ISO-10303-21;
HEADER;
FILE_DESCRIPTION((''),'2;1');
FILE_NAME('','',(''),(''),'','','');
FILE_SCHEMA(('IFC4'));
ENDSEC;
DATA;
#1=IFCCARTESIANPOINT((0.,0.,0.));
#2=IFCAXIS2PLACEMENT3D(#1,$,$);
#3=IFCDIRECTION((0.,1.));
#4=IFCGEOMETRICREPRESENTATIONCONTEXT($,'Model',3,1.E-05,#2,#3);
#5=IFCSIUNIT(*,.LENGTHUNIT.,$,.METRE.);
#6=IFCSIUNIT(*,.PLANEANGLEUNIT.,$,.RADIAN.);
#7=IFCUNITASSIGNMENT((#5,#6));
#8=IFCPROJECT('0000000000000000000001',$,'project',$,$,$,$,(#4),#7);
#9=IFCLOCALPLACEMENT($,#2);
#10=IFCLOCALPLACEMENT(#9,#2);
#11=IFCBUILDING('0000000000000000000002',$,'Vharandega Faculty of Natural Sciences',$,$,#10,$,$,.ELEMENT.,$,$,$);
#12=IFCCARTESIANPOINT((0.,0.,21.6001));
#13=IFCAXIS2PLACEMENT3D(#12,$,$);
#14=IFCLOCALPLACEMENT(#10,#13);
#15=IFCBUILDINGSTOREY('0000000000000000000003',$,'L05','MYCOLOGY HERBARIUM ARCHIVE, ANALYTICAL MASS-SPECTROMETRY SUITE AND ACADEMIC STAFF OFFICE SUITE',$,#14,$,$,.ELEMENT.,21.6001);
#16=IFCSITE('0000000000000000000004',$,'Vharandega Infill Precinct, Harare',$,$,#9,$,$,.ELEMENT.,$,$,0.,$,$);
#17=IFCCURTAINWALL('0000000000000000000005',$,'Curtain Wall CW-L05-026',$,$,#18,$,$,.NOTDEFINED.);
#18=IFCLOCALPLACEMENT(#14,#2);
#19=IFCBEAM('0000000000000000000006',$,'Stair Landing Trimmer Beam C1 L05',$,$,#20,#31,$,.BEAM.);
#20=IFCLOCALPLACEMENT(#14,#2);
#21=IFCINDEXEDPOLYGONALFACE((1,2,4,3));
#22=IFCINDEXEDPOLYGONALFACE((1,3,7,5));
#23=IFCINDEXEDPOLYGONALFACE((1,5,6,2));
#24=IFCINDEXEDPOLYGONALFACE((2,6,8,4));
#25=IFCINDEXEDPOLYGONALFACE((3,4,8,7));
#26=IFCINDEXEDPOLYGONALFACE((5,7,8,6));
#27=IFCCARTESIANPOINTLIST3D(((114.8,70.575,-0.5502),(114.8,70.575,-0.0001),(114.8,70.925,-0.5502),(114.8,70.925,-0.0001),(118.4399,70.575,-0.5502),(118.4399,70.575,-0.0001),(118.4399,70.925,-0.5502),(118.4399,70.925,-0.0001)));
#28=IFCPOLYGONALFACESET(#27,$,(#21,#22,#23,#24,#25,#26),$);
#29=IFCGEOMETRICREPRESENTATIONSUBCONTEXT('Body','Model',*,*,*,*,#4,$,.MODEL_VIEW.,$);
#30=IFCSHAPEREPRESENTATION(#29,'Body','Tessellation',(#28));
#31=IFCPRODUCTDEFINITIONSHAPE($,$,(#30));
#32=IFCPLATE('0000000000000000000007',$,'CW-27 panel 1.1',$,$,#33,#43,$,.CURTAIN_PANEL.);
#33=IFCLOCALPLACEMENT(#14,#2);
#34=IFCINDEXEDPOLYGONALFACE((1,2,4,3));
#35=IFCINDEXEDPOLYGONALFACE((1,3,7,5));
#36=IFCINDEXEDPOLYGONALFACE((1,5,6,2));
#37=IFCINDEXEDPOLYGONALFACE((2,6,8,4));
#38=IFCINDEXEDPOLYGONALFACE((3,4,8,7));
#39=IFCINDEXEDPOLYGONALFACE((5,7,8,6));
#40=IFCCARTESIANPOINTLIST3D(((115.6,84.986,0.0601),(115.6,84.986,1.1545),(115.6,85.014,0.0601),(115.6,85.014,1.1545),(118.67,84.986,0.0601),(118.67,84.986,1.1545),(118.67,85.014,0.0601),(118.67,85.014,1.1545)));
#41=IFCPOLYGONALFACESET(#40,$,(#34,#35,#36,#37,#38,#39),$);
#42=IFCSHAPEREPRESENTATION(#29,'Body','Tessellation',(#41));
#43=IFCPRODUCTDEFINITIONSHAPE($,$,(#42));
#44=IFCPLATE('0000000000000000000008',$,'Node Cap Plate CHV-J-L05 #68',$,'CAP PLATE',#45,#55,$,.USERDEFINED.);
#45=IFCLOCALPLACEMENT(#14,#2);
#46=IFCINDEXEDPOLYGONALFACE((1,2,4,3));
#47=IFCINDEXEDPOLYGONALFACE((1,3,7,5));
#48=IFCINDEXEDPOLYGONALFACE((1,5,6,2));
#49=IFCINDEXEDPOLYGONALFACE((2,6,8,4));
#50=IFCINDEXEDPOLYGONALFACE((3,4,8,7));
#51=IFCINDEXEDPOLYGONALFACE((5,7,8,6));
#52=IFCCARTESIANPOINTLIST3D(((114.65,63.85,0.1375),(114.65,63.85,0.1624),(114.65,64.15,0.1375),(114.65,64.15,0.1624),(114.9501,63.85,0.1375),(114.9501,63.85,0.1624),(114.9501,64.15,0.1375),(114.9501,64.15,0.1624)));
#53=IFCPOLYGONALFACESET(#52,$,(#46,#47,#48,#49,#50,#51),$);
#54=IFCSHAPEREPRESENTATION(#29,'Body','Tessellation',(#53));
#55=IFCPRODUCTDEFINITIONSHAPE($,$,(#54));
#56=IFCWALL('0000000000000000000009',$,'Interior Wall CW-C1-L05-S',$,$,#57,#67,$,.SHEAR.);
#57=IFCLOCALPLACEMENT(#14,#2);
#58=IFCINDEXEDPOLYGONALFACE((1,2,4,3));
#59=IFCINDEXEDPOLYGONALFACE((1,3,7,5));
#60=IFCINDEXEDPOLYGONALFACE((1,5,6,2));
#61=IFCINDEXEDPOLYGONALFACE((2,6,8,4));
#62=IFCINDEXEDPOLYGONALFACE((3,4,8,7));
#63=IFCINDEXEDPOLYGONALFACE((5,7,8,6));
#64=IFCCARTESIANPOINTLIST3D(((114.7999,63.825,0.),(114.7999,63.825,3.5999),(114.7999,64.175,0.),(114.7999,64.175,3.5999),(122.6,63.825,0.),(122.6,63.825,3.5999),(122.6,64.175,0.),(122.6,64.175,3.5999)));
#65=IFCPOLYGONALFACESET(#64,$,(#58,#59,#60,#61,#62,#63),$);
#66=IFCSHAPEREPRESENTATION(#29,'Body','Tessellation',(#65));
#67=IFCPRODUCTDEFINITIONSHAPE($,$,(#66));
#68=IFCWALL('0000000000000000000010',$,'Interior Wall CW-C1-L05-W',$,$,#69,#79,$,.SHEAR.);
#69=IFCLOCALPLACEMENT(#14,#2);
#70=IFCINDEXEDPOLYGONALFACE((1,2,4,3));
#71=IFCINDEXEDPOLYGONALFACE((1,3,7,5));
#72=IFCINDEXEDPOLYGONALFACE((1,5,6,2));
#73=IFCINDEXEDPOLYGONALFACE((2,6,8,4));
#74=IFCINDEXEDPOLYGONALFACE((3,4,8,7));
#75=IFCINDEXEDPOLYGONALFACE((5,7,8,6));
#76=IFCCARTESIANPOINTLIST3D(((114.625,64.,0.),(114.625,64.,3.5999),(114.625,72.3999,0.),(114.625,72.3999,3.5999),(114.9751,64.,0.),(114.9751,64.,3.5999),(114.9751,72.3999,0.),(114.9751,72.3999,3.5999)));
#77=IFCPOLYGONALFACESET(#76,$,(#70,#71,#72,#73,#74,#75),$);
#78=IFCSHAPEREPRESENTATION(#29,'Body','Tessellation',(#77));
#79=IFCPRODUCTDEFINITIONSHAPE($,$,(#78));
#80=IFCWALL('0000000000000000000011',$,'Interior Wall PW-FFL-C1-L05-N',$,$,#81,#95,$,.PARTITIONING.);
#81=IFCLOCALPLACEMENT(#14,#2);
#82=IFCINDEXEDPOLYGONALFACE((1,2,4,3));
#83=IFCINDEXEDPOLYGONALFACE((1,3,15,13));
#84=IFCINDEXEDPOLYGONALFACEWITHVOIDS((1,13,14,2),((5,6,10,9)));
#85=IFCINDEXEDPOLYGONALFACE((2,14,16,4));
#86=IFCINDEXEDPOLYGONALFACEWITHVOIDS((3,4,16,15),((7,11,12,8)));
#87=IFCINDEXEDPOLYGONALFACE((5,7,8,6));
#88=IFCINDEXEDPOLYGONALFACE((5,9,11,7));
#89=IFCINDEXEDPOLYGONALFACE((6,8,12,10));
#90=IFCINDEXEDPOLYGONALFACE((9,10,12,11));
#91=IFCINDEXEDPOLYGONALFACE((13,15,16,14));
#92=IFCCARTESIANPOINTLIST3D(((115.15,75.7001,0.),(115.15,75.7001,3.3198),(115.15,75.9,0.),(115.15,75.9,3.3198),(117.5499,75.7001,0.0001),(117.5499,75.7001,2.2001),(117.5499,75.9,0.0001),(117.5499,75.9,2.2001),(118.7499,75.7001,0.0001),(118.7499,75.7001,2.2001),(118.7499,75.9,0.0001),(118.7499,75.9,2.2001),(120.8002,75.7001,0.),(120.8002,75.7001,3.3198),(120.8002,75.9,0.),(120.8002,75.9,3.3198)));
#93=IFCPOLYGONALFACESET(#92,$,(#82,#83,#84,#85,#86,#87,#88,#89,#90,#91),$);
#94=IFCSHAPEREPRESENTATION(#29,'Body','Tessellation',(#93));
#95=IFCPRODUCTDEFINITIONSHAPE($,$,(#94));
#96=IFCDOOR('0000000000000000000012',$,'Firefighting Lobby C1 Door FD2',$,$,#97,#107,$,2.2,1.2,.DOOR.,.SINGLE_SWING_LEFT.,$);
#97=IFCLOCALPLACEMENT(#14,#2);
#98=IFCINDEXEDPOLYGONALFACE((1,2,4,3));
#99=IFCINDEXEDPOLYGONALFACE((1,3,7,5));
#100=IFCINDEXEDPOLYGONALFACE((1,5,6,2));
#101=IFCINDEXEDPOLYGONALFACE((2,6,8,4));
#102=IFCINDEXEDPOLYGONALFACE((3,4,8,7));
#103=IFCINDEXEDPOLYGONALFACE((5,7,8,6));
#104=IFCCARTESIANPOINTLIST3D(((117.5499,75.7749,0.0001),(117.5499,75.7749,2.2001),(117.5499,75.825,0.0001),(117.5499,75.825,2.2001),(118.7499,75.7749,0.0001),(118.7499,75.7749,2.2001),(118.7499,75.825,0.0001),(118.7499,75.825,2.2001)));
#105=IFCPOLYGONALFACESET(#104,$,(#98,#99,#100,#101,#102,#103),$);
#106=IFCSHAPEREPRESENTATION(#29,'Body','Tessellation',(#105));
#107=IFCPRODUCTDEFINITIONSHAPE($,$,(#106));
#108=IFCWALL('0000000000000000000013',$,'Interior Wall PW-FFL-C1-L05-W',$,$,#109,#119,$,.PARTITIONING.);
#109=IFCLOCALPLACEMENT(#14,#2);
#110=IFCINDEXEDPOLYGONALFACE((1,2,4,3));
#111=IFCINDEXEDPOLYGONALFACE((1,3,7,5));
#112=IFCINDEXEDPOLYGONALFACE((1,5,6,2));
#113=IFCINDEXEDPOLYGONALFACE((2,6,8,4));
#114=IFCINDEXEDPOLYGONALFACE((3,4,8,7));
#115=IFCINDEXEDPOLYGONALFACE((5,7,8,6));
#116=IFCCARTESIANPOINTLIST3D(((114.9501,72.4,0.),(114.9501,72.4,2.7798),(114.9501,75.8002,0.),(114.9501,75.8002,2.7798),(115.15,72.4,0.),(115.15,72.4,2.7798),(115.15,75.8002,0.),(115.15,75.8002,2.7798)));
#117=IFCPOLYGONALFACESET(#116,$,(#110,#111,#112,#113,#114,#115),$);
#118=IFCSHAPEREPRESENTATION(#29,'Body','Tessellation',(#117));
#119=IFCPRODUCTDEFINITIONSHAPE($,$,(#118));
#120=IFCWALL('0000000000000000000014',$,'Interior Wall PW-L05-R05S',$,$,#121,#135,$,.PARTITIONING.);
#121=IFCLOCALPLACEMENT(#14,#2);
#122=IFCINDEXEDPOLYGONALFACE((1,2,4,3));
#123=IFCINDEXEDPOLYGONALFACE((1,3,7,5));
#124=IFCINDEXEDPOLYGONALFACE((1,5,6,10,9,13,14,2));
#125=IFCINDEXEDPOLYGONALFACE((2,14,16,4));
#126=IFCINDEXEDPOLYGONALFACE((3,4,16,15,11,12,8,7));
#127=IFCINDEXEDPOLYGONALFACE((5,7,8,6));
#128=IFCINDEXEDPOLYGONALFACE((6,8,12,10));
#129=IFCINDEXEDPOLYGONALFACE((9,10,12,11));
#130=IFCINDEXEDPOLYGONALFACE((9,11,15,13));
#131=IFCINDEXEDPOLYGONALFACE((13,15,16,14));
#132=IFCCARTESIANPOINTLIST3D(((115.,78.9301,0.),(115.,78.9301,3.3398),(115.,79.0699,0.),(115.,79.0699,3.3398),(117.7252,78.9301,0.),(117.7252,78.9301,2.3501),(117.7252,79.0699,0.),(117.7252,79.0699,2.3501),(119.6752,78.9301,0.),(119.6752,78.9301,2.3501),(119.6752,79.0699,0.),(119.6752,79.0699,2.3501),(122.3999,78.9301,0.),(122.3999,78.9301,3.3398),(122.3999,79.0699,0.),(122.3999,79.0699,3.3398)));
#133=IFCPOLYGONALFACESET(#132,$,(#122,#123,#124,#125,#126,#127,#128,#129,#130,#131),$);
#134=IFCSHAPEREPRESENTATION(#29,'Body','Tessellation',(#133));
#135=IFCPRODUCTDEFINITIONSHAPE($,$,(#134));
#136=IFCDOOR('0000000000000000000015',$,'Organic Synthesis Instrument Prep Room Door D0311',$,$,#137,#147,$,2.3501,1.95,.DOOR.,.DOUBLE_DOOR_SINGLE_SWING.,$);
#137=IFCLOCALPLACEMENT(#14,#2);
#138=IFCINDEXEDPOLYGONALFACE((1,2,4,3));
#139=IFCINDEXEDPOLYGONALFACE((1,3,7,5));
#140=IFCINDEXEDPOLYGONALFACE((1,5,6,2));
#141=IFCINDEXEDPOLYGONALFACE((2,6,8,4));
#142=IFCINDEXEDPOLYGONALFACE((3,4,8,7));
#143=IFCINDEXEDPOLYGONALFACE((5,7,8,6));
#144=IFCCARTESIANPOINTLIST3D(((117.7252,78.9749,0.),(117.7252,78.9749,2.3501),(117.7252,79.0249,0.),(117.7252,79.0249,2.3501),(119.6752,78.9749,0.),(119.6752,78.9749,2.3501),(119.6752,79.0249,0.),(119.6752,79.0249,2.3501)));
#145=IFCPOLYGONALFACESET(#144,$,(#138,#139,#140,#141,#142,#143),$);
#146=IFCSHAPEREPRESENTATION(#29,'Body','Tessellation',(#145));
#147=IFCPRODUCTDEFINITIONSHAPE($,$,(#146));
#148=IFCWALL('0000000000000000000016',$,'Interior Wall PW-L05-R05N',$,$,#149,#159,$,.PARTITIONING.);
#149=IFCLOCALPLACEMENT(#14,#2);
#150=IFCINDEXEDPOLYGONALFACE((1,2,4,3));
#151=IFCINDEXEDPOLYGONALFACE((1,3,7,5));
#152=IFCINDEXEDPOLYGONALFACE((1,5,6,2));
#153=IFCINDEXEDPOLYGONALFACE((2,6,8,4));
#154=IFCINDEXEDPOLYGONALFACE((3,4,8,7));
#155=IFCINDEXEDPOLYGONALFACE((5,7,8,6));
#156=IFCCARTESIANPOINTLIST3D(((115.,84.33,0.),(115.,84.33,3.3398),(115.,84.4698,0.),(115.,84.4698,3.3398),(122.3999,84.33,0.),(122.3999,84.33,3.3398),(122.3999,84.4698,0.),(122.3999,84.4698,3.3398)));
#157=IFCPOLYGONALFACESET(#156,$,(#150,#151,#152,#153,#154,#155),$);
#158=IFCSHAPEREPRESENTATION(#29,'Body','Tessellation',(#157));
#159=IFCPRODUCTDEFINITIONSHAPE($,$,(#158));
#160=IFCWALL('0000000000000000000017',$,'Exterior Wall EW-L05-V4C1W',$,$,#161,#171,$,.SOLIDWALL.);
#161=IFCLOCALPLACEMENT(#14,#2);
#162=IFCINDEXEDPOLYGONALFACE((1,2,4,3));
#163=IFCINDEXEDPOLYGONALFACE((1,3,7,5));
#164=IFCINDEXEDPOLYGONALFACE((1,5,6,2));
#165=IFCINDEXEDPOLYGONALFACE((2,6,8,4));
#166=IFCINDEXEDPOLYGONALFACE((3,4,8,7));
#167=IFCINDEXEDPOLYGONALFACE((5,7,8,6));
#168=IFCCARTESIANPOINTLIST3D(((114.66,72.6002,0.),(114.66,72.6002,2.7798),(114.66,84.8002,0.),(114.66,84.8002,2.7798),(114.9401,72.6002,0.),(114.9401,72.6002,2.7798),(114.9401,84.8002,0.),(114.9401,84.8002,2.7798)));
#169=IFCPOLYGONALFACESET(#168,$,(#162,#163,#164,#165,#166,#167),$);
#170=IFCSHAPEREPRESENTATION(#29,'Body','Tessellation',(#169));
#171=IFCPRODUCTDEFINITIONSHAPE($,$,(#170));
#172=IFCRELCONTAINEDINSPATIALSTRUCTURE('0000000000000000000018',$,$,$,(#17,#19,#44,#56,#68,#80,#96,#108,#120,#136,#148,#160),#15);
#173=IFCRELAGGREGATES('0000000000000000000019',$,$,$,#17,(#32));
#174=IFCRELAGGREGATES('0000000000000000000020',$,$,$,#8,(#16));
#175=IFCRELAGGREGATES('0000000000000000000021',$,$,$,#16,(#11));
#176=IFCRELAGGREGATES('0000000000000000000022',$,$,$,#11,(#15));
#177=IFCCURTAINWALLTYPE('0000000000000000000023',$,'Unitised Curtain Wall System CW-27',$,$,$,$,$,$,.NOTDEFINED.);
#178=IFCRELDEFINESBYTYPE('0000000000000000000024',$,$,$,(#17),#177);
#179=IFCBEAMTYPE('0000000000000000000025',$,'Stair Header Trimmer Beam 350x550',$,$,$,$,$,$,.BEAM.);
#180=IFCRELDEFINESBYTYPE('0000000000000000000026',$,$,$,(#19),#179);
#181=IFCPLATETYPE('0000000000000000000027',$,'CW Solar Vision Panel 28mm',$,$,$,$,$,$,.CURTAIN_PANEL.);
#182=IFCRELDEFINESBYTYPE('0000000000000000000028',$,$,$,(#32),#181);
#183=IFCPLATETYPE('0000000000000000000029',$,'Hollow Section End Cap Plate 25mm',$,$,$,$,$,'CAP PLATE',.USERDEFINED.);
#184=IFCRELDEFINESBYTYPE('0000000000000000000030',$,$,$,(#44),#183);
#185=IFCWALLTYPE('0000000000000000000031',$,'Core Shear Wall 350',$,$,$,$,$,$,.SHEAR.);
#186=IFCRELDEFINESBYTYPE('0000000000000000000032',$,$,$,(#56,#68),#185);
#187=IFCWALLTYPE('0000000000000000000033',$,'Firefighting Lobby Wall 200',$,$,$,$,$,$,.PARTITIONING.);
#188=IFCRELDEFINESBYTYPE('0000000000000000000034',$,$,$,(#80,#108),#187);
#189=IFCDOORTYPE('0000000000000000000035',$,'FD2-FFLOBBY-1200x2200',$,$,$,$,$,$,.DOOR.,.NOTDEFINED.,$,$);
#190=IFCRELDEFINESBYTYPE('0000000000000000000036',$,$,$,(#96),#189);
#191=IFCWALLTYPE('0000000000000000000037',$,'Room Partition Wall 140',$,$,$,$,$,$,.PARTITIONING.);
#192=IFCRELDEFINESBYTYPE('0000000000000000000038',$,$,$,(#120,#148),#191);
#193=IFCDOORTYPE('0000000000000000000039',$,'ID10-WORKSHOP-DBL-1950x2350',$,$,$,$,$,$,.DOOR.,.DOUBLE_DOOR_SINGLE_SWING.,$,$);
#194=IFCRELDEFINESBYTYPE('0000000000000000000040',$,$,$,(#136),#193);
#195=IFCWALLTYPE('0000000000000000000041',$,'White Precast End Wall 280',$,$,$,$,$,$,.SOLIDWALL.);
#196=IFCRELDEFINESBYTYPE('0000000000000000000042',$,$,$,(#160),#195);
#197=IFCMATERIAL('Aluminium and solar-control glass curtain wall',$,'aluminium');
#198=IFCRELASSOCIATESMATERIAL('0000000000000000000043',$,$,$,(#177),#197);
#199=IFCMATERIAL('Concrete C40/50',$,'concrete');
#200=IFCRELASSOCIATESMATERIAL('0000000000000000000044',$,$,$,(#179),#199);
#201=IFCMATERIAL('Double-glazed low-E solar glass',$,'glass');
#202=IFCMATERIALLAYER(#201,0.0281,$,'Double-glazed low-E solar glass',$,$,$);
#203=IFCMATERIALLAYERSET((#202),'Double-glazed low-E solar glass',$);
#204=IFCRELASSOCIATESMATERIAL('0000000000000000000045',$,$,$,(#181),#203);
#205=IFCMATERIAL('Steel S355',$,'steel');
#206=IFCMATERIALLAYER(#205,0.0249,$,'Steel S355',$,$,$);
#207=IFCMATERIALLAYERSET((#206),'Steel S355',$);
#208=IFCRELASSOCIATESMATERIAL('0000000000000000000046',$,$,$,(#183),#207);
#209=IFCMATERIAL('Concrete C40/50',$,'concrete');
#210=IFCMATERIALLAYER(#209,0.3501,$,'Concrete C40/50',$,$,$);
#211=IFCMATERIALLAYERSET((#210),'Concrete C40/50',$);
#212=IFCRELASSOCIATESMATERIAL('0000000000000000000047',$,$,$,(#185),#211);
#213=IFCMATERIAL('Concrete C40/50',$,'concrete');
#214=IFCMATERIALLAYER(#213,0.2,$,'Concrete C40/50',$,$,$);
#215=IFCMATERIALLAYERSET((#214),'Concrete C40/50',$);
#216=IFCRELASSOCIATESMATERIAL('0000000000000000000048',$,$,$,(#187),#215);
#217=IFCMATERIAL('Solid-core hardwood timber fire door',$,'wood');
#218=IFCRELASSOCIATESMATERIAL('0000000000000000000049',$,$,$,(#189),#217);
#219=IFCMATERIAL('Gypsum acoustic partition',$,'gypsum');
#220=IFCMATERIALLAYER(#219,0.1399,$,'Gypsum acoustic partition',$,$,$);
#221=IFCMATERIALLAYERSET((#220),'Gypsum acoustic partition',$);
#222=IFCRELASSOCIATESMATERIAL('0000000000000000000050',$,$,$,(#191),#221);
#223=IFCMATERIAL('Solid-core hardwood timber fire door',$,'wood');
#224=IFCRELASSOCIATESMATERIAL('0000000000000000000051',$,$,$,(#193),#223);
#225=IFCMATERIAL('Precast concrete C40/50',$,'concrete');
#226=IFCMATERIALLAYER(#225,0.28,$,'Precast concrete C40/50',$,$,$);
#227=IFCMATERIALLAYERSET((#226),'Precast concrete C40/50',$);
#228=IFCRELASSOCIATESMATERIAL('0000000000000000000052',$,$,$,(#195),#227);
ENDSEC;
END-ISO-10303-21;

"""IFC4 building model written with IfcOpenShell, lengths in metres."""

from ifc_helpers import new_model, si_unit, direction, frame, frame_2d, origin, origin_2d, place, context, subcontext, project, spatial, rectangle, extrude, material, layer, layer_set, material_profile, profile_set, type_object, element, fill, aggregate, save


model = new_model("IFC4")

# Units and contexts
model_context = context("Model", 3, precision=1e-05, world=origin(), true_north=direction((0.0, 1.0)))
body_context = subcontext(model_context, "Body", "Model", "MODEL_VIEW")
ifc_project = project(units=[si_unit("LENGTHUNIT", "METRE"), si_unit("PLANEANGLEUNIT", "RADIAN")], contexts=[model_context])

# Site, building, storey
site_placement = place(None, origin())
site = spatial("IfcSite", under=ifc_project, at=site_placement, Name="Vharandega Infill Precinct, Harare", CompositionType="ELEMENT", RefElevation=0.0)
building_placement = place(site_placement, origin())
building = spatial("IfcBuilding", under=site, at=building_placement, Name="Vharandega Faculty of Natural Sciences", CompositionType="ELEMENT")
storey_placement = place(building_placement, frame((0.0, 0.0, 21.6001)))
storey = spatial("IfcBuildingStorey", under=building, at=storey_placement, Name="L05", Description="MYCOLOGY HERBARIUM ARCHIVE, ANALYTICAL MASS-SPECTROMETRY SUITE AND ACADEMIC STAFF OFFICE SUITE", CompositionType="ELEMENT", Elevation=21.6001)

# Curtain wall
ifc_material_1 = material(Name="Aluminium and solar-control glass curtain wall", Category="aluminium")
curtain_wall_type = type_object("IfcCurtainWallType", Name="Unitised Curtain Wall System CW-27", PredefinedType="NOTDEFINED", material=ifc_material_1)
curtain_wall_placement = place(storey_placement, origin())
curtain_wall = element("IfcCurtainWall", 1, at=curtain_wall_placement, inside=storey, type_object=curtain_wall_type, Name="Curtain Wall CW-L05-026", PredefinedType="NOTDEFINED")

# Beam
ifc_material_2 = material(Name="Concrete C40/50", Category="concrete")
ifc_material_profile_1 = material_profile(ifc_material_2, rectangle(XDim=0.3501, YDim=0.55, at=origin_2d()), Name="RC 350x550")
ifc_profile_set_1 = profile_set([ifc_material_profile_1], Name="Concrete C40/50")
beam_type_1 = type_object("IfcBeamType", Name="Stair Header Trimmer Beam 350x550", PredefinedType="BEAM", material=ifc_profile_set_1)
beam_1_placement = place(storey_placement, frame((114.8, 70.75, -0.2751), z_axis=(1.0, 0.0, 0.0), x_axis=(0.0, 1.0, 0.0)))
element("IfcBeam", 2, at=beam_1_placement, inside=storey, type_object=beam_type_1, Name="Stair Landing Trimmer Beam C1 L05", PredefinedType="BEAM", context=body_context, shape_type="SweptSolid", body=[
    extrude(rectangle(XDim=0.3501, YDim=0.55, at=origin_2d()), origin(), (0.0, 0.0, 1.0), 3.6399),
])

# Plates
ifc_material_3 = material(Name="Double-glazed low-E solar glass", Category="glass")
ifc_layer_1 = layer(ifc_material_3, 0.0281, Name="Double-glazed low-E solar glass")
ifc_layer_set_1 = layer_set([ifc_layer_1], Name="Double-glazed low-E solar glass")
plate_type_1 = type_object("IfcPlateType", Name="CW Solar Vision Panel 28mm", PredefinedType="CURTAIN_PANEL", material=ifc_layer_set_1)
plate_1_placement = place(storey_placement, frame((117.135, 85.0, 0.0601), z_axis=(0.0, 0.0, 1.0), x_axis=(1.0, 0.0, 0.0)))
plate_1 = element("IfcPlate", 3, at=plate_1_placement, type_object=plate_type_1, Name="CW-27 panel 1.1", PredefinedType="CURTAIN_PANEL", context=body_context, shape_type="SweptSolid", body=[
    extrude(rectangle(XDim=3.0701, YDim=0.0281, at=origin_2d()), origin(), (0.0, 0.0, 1.0), 1.0945),
])
aggregate(curtain_wall, [plate_1])
ifc_material_4 = material(Name="Steel S355", Category="steel")
ifc_layer_2 = layer(ifc_material_4, 0.0249, Name="Steel S355")
ifc_layer_set_2 = layer_set([ifc_layer_2], Name="Steel S355")
plate_type_2 = type_object("IfcPlateType", Name="Hollow Section End Cap Plate 25mm", ElementType="CAP PLATE", PredefinedType="USERDEFINED", material=ifc_layer_set_2)
plate_2_placement = place(storey_placement, frame((114.8, 64.0, 0.1375), z_axis=(0.0, 0.0, 1.0), x_axis=(1.0, 0.0, 0.0)))
element("IfcPlate", 4, at=plate_2_placement, inside=storey, type_object=plate_type_2, Name="Node Cap Plate CHV-J-L05 #68", ObjectType="CAP PLATE", PredefinedType="USERDEFINED", context=body_context, shape_type="SweptSolid", body=[
    extrude(rectangle(XDim=0.3, YDim=0.3, at=origin_2d()), origin(), (0.0, 0.0, 1.0), 0.0249),
])

# Walls
ifc_material_5 = material(Name="Concrete C40/50", Category="concrete")
ifc_layer_3 = layer(ifc_material_5, 0.3501, Name="Concrete C40/50")
ifc_layer_set_3 = layer_set([ifc_layer_3], Name="Concrete C40/50")
wall_type_1 = type_object("IfcWallType", Name="Core Shear Wall 350", PredefinedType="SHEAR", material=ifc_layer_set_3)
wall_1_placement = place(storey_placement, frame((114.8, 64.0, 0.0), z_axis=(0.0, 0.0, 1.0), x_axis=(1.0, 0.0, 0.0)))
element("IfcWall", 5, at=wall_1_placement, inside=storey, type_object=wall_type_1, Name="Interior Wall CW-C1-L05-S", PredefinedType="SHEAR", context=body_context, shape_type="SweptSolid", body=[
    extrude(rectangle(XDim=7.8, YDim=0.3501, at=frame_2d((3.8999, 0.0))), origin(), (0.0, 0.0, 1.0), 3.5999),
])
wall_2_placement = place(storey_placement, frame((114.8, 64.0, 0.0), z_axis=(0.0, 0.0, 1.0), x_axis=(0.0, 1.0, 0.0)))
element("IfcWall", 6, at=wall_2_placement, inside=storey, type_object=wall_type_1, Name="Interior Wall CW-C1-L05-W", PredefinedType="SHEAR", context=body_context, shape_type="SweptSolid", body=[
    extrude(rectangle(XDim=8.3999, YDim=0.3501, at=frame_2d((4.2, 0.0))), origin(), (0.0, 0.0, 1.0), 3.5999),
])

# Wall, opening, door
ifc_material_6 = material(Name="Concrete C40/50", Category="concrete")
ifc_layer_4 = layer(ifc_material_6, 0.2, Name="Concrete C40/50")
ifc_layer_set_4 = layer_set([ifc_layer_4], Name="Concrete C40/50")
wall_type_2 = type_object("IfcWallType", Name="Firefighting Lobby Wall 200", PredefinedType="PARTITIONING", material=ifc_layer_set_4)
wall_3_placement = place(storey_placement, frame((115.1499, 75.8, 0.0), z_axis=(0.0, 0.0, 1.0), x_axis=(1.0, 0.0, 0.0)))
wall_3 = element("IfcWall", 7, at=wall_3_placement, inside=storey, type_object=wall_type_2, Name="Interior Wall PW-FFL-C1-L05-N", PredefinedType="PARTITIONING", context=body_context, shape_type="SweptSolid", body=[
    extrude(rectangle(XDim=5.6501, YDim=0.2, at=frame_2d((2.8252, 0.0))), origin(), (0.0, 0.0, 1.0), 3.3198),
])
opening_1_placement = place(wall_3_placement, frame((2.3999, 0.0, 0.0)))
opening_1 = element("IfcOpeningElement", 8, at=opening_1_placement, cuts=wall_3, PredefinedType="OPENING", context=body_context, shape_type="SweptSolid", body=[
    extrude(rectangle(XDim=1.2, YDim=2.2, at=frame_2d((0.6001, 1.1001))), frame((0.0, 0.1099, 0.0), z_axis=(0.0, -1.0, 0.0), x_axis=(1.0, 0.0, 0.0)), (0.0, 0.0, 1.0), 0.22),
])
ifc_material_7 = material(Name="Solid-core hardwood timber fire door", Category="wood")
door_type_1 = type_object("IfcDoorType", Name="FD2-FFLOBBY-1200x2200", OperationType="NOTDEFINED", PredefinedType="DOOR", material=ifc_material_7)
door_1_placement = place(opening_1_placement, origin())
door_1 = element("IfcDoor", 9, at=door_1_placement, inside=storey, type_object=door_type_1, Name="Firefighting Lobby C1 Door FD2", OperationType="SINGLE_SWING_LEFT", OverallHeight=2.2, OverallWidth=1.2, PredefinedType="DOOR", context=body_context, shape_type="SweptSolid", body=[
    extrude(rectangle(XDim=1.2, YDim=2.2, at=frame_2d((0.6001, 1.1001))), frame((0.0, 0.0249, 0.0), z_axis=(0.0, -1.0, 0.0), x_axis=(1.0, 0.0, 0.0)), (0.0, 0.0, 1.0), 0.05),
])
fill(opening_1, door_1)

# Wall
wall_4_placement = place(storey_placement, frame((115.05, 72.3999, 0.0), z_axis=(0.0, 0.0, 1.0), x_axis=(0.0, 1.0, 0.0)))
element("IfcWall", 10, at=wall_4_placement, inside=storey, type_object=wall_type_2, Name="Interior Wall PW-FFL-C1-L05-W", PredefinedType="PARTITIONING", context=body_context, shape_type="SweptSolid", body=[
    extrude(rectangle(XDim=3.4001, YDim=0.2, at=frame_2d((1.7002, 0.0))), origin(), (0.0, 0.0, 1.0), 2.7798),
])

# Wall, opening, door
ifc_material_8 = material(Name="Gypsum acoustic partition", Category="gypsum")
ifc_layer_5 = layer(ifc_material_8, 0.1399, Name="Gypsum acoustic partition")
ifc_layer_set_5 = layer_set([ifc_layer_5], Name="Gypsum acoustic partition")
wall_type_3 = type_object("IfcWallType", Name="Room Partition Wall 140", PredefinedType="PARTITIONING", material=ifc_layer_set_5)
wall_5_placement = place(storey_placement, frame((115.0, 79.0, 0.0), z_axis=(0.0, 0.0, 1.0), x_axis=(1.0, 0.0, 0.0)))
wall_5 = element("IfcWall", 11, at=wall_5_placement, inside=storey, type_object=wall_type_3, Name="Interior Wall PW-L05-R05S", PredefinedType="PARTITIONING", context=body_context, shape_type="SweptSolid", body=[
    extrude(rectangle(XDim=7.3999, YDim=0.1399, at=frame_2d((3.7, 0.0))), origin(), (0.0, 0.0, 1.0), 3.3398),
])
opening_2_placement = place(wall_5_placement, frame((2.7251, 0.0, 0.0)))
opening_2 = element("IfcOpeningElement", 12, at=opening_2_placement, cuts=wall_5, PredefinedType="OPENING", context=body_context, shape_type="SweptSolid", body=[
    extrude(rectangle(XDim=1.95, YDim=2.3501, at=frame_2d((0.9751, 1.175))), frame((0.0, 0.0801, 0.0), z_axis=(0.0, -1.0, 0.0), x_axis=(1.0, 0.0, 0.0)), (0.0, 0.0, 1.0), 0.1599),
])
ifc_material_9 = material(Name="Solid-core hardwood timber fire door", Category="wood")
door_type_2 = type_object("IfcDoorType", Name="ID10-WORKSHOP-DBL-1950x2350", OperationType="DOUBLE_DOOR_SINGLE_SWING", PredefinedType="DOOR", material=ifc_material_9)
door_2_placement = place(opening_2_placement, origin())
door_2 = element("IfcDoor", 13, at=door_2_placement, inside=storey, type_object=door_type_2, Name="Organic Synthesis Instrument Prep Room Door D0311", OperationType="DOUBLE_DOOR_SINGLE_SWING", OverallHeight=2.3501, OverallWidth=1.95, PredefinedType="DOOR", context=body_context, shape_type="SweptSolid", body=[
    extrude(rectangle(XDim=1.95, YDim=2.3501, at=frame_2d((0.9751, 1.175))), frame((0.0, 0.0249, 0.0), z_axis=(0.0, -1.0, 0.0), x_axis=(1.0, 0.0, 0.0)), (0.0, 0.0, 1.0), 0.05),
])
fill(opening_2, door_2)

# Walls
wall_6_placement = place(storey_placement, frame((115.0, 84.3999, 0.0), z_axis=(0.0, 0.0, 1.0), x_axis=(1.0, 0.0, 0.0)))
element("IfcWall", 14, at=wall_6_placement, inside=storey, type_object=wall_type_3, Name="Interior Wall PW-L05-R05N", PredefinedType="PARTITIONING", context=body_context, shape_type="SweptSolid", body=[
    extrude(rectangle(XDim=7.3999, YDim=0.1399, at=frame_2d((3.7, 0.0))), origin(), (0.0, 0.0, 1.0), 3.3398),
])
ifc_material_10 = material(Name="Precast concrete C40/50", Category="concrete")
ifc_layer_6 = layer(ifc_material_10, 0.28, Name="Precast concrete C40/50")
ifc_layer_set_6 = layer_set([ifc_layer_6], Name="Precast concrete C40/50")
wall_type_4 = type_object("IfcWallType", Name="White Precast End Wall 280", PredefinedType="SOLIDWALL", material=ifc_layer_set_6)
wall_7_placement = place(storey_placement, frame((114.8, 72.6001, 0.0), z_axis=(0.0, 0.0, 1.0), x_axis=(0.0, 1.0, 0.0)))
element("IfcWall", 15, at=wall_7_placement, inside=storey, type_object=wall_type_4, Name="Exterior Wall EW-L05-V4C1W", PredefinedType="SOLIDWALL", context=body_context, shape_type="SweptSolid", body=[
    extrude(rectangle(XDim=12.2, YDim=0.28, at=frame_2d((6.1001, 0.0))), origin(), (0.0, 0.0, 1.0), 2.7798),
])

save(model, "model.ifc")
